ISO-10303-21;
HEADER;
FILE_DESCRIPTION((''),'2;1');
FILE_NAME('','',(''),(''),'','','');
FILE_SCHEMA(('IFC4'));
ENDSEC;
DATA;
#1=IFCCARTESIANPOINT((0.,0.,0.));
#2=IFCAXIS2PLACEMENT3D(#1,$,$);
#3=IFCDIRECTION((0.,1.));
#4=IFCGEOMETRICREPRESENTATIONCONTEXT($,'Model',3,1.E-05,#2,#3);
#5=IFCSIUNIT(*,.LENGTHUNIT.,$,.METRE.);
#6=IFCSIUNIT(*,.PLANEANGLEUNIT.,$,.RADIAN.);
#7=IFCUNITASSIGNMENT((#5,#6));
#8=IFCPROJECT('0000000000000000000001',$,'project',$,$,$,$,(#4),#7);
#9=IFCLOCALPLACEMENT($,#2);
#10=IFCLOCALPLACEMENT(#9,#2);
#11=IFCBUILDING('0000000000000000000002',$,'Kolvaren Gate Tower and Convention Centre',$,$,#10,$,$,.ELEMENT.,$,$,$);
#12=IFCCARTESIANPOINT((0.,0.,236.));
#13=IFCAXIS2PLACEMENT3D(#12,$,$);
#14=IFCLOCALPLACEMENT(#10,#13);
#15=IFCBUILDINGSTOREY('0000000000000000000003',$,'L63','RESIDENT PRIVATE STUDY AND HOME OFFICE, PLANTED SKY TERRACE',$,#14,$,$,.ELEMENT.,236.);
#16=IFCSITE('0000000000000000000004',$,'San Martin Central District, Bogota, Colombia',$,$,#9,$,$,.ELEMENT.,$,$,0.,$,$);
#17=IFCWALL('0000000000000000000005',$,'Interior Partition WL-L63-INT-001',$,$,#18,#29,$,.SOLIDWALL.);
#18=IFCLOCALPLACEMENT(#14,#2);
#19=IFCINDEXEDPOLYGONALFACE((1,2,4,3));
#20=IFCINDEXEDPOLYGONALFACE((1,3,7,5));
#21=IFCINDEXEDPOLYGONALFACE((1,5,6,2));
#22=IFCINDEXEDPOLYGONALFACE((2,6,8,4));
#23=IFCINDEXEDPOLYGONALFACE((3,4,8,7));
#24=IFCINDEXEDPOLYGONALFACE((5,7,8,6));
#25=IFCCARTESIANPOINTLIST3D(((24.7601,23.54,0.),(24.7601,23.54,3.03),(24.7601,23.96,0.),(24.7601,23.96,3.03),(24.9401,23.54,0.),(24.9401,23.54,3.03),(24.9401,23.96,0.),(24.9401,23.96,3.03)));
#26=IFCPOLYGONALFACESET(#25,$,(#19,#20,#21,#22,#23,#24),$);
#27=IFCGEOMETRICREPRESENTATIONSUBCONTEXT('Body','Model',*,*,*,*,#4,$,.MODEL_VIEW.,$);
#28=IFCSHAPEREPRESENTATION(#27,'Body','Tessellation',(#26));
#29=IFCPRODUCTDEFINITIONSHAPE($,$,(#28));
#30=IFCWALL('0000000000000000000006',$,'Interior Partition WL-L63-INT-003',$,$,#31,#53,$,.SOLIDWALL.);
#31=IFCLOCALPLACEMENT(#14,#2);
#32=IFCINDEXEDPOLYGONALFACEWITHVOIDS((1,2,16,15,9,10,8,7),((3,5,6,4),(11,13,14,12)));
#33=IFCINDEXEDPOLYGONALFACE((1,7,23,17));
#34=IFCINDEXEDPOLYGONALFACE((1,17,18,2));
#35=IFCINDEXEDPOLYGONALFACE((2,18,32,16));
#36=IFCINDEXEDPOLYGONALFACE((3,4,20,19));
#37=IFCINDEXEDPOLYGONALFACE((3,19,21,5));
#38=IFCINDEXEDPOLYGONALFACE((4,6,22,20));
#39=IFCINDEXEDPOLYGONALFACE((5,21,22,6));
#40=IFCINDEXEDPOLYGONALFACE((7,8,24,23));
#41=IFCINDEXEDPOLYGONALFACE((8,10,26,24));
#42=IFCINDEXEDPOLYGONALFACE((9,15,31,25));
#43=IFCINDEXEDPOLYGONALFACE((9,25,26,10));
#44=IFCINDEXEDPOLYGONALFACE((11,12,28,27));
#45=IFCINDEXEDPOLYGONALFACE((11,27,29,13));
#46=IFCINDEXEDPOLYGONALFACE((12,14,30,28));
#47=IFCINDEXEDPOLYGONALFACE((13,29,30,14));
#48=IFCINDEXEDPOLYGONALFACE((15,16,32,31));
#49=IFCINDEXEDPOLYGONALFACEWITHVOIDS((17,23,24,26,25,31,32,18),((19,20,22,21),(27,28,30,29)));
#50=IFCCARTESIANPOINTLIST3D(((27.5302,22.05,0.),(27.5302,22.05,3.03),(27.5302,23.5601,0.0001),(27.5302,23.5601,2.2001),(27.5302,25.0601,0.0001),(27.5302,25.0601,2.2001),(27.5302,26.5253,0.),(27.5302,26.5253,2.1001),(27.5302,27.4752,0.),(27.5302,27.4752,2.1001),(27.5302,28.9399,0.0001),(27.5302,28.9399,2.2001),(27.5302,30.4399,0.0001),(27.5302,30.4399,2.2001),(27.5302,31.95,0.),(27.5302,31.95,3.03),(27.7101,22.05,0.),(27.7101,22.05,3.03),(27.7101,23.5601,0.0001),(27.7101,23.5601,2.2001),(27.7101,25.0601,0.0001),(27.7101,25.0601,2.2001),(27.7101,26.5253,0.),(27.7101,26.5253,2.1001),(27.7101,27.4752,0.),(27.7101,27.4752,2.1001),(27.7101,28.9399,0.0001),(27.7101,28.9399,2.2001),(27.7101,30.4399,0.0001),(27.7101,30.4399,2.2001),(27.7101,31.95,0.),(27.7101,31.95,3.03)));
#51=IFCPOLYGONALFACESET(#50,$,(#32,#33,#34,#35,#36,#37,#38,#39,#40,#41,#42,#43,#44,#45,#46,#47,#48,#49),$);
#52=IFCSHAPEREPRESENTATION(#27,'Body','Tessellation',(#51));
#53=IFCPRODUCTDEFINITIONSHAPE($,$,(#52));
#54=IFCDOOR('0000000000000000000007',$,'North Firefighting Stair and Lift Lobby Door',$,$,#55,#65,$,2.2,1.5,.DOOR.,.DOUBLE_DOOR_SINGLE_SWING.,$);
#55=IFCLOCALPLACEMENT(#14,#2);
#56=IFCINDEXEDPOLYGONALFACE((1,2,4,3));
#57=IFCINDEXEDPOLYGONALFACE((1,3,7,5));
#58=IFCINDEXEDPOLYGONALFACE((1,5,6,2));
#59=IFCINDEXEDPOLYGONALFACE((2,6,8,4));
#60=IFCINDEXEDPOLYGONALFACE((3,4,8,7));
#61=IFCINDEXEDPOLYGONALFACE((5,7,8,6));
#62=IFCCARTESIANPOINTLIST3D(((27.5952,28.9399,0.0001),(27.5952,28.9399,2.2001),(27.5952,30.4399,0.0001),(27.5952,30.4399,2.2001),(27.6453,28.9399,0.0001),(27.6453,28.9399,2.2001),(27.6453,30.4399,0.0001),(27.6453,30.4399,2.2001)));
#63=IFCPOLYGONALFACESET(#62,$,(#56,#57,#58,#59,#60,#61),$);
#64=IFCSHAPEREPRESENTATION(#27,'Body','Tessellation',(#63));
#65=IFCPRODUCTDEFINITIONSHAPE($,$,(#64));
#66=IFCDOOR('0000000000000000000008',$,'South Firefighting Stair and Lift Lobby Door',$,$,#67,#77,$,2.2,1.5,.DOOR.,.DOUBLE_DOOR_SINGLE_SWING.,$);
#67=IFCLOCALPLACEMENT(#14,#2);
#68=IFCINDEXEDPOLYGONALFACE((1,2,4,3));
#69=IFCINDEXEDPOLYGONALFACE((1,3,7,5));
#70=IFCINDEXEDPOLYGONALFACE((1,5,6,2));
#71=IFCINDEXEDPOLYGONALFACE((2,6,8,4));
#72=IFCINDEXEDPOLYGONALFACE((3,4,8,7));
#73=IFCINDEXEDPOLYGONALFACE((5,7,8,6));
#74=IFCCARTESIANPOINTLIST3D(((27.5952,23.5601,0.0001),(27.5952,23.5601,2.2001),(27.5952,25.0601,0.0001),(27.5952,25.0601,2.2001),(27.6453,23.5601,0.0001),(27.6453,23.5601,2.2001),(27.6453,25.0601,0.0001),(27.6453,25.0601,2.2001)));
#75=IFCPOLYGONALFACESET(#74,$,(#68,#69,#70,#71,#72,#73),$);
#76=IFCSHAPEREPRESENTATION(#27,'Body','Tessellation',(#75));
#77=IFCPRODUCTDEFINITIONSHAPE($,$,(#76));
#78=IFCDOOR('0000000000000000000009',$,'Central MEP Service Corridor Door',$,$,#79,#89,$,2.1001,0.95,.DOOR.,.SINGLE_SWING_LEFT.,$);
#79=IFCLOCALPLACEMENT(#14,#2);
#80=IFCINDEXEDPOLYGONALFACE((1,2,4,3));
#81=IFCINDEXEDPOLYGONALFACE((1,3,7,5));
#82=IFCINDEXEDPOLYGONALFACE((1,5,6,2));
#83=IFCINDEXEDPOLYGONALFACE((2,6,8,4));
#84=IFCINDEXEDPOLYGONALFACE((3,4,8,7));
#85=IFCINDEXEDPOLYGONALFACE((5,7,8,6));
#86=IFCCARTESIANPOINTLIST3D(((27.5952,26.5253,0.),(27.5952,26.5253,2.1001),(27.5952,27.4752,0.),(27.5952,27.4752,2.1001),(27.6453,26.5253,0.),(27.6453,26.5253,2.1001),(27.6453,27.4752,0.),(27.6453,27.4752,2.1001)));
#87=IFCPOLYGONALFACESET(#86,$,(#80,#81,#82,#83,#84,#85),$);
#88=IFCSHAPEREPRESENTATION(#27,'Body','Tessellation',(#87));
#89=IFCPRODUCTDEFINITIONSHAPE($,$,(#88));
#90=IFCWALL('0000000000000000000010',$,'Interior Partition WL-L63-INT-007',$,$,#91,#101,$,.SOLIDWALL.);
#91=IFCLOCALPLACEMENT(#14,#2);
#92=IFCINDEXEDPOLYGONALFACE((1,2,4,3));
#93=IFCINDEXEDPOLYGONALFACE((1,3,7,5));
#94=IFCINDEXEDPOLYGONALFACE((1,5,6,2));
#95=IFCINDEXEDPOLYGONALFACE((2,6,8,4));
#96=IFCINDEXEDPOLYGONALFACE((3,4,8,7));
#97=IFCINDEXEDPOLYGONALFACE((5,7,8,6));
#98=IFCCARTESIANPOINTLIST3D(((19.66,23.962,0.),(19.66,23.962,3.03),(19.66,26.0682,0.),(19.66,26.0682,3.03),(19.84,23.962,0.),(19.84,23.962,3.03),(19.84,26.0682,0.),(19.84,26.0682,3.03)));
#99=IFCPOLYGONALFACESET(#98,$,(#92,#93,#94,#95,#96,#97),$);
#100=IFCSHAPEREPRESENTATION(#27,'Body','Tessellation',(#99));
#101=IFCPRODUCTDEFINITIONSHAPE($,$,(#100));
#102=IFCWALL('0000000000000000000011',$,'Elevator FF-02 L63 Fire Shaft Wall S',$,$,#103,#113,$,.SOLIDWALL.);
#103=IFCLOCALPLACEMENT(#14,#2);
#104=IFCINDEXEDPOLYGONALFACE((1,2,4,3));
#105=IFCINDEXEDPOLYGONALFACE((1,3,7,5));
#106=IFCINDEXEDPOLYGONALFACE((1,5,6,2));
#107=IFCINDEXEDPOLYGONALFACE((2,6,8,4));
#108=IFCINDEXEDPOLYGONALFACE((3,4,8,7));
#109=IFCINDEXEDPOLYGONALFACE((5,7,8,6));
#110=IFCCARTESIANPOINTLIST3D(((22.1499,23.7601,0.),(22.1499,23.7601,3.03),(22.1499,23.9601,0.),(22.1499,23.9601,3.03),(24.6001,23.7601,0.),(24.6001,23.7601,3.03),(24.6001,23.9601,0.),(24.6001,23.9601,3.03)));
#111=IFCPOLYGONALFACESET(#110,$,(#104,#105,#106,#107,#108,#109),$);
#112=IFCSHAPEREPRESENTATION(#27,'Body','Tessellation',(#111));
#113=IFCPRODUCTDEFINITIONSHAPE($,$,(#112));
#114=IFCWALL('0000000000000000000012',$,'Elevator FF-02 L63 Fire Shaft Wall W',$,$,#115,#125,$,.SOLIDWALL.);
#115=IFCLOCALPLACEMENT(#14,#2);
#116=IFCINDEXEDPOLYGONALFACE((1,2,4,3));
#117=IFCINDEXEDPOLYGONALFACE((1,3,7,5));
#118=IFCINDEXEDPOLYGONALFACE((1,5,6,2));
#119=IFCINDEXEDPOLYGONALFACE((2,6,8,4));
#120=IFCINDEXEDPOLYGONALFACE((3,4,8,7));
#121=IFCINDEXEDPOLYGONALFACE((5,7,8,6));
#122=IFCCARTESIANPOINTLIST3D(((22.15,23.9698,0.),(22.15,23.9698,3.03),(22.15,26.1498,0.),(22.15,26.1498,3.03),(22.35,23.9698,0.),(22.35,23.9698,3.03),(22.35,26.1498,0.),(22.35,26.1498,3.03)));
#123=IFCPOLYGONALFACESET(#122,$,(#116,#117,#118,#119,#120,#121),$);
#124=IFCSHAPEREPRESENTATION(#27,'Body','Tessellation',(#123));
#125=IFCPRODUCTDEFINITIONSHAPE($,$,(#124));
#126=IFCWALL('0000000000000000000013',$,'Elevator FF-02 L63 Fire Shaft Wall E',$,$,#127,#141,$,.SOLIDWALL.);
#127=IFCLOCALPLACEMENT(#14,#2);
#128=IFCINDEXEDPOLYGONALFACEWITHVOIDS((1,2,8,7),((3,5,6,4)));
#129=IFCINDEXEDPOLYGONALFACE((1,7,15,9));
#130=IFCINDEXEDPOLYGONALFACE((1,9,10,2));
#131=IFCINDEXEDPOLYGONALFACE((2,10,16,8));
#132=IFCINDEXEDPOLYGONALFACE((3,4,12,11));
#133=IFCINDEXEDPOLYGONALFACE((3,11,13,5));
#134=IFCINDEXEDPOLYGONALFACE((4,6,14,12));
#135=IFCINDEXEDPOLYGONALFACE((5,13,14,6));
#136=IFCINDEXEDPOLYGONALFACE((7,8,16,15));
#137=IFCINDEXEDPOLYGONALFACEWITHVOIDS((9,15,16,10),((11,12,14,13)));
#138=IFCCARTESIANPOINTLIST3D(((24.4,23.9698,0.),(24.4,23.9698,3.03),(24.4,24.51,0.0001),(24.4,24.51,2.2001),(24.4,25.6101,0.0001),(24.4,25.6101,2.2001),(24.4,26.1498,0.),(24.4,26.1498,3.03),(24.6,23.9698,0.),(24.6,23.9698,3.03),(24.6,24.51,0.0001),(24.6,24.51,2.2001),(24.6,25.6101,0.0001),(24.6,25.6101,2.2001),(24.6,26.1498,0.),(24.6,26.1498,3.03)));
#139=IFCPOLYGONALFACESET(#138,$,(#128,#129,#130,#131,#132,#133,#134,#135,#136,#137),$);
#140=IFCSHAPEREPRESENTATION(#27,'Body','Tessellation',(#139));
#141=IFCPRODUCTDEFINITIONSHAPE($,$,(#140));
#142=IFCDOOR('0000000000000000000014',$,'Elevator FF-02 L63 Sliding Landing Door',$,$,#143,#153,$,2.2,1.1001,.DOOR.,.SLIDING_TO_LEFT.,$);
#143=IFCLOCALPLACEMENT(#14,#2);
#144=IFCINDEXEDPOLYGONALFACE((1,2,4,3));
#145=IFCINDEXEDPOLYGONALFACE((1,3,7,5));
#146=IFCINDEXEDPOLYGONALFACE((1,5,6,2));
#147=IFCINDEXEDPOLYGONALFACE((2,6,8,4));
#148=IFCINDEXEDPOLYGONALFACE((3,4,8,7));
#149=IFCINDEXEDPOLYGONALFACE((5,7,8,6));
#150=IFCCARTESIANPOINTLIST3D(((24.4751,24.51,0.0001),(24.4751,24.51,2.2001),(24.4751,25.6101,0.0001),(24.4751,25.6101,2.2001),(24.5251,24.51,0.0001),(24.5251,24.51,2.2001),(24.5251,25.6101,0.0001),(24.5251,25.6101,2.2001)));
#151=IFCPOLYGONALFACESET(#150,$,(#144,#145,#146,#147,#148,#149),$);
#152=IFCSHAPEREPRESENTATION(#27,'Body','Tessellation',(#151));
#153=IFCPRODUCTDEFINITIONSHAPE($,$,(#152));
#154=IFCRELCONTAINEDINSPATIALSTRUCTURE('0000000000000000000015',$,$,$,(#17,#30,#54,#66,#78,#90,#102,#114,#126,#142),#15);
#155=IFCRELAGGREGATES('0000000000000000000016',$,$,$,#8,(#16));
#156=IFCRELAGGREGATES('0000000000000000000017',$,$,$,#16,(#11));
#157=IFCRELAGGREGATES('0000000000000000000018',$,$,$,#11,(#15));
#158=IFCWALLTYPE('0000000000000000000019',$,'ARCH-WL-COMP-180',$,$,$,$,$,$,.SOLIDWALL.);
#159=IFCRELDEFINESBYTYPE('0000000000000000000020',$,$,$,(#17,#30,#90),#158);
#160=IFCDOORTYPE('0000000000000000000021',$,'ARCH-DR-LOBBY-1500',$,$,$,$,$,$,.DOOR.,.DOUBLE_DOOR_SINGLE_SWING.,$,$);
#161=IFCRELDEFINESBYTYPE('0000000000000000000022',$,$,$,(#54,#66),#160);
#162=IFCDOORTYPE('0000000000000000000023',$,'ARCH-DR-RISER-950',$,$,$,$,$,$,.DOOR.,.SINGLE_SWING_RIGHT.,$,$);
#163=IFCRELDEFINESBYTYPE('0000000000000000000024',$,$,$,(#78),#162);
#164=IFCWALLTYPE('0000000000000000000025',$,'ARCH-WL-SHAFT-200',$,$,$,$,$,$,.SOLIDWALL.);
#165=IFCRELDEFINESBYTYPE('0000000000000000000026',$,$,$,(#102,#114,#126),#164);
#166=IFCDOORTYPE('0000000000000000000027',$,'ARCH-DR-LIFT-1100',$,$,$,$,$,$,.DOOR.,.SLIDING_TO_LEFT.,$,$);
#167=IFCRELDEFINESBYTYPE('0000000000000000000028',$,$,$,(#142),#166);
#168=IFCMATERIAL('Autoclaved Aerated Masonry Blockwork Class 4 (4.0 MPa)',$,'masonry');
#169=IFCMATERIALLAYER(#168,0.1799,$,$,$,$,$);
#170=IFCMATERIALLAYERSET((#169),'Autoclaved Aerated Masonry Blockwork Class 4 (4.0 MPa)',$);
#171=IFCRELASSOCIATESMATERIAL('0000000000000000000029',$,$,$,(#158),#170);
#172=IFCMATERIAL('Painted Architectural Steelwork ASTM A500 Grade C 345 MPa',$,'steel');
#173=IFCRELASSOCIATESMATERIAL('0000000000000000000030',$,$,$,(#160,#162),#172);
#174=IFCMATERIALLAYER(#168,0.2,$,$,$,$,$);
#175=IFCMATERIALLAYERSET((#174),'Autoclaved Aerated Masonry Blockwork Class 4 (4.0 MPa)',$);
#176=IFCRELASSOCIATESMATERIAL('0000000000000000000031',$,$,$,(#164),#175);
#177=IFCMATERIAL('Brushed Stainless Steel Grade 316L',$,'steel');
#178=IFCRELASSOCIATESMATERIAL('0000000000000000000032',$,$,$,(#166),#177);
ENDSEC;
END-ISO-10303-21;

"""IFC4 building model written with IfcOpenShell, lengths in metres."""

from ifc_helpers import new_model, si_unit, direction, frame, frame_2d, origin, place, context, subcontext, project, spatial, rectangle, extrude, material, layer, layer_set, type_object, element, fill, save


model = new_model("IFC4")

# Units and contexts
model_context = context("Model", 3, precision=1e-05, world=origin(), true_north=direction((0.0, 1.0)))
body_context = subcontext(model_context, "Body", "Model", "MODEL_VIEW")
ifc_project = project(units=[si_unit("LENGTHUNIT", "METRE"), si_unit("PLANEANGLEUNIT", "RADIAN")], contexts=[model_context])

# Site, building, storey
site_placement = place(None, origin())
site = spatial("IfcSite", under=ifc_project, at=site_placement, Name="San Martin Central District, Bogota, Colombia", CompositionType="ELEMENT", RefElevation=0.0)
building_placement = place(site_placement, origin())
building = spatial("IfcBuilding", under=site, at=building_placement, Name="Kolvaren Gate Tower and Convention Centre", CompositionType="ELEMENT")
storey_placement = place(building_placement, frame((0.0, 0.0, 236.0)))
storey = spatial("IfcBuildingStorey", under=building, at=storey_placement, Name="L63", Description="RESIDENT PRIVATE STUDY AND HOME OFFICE, PLANTED SKY TERRACE", CompositionType="ELEMENT", Elevation=236.0)

# Wall
ifc_material_1 = material(Name="Autoclaved Aerated Masonry Blockwork Class 4 (4.0 MPa)", Category="masonry")
ifc_layer_1 = layer(ifc_material_1, 0.1799)
ifc_layer_set_1 = layer_set([ifc_layer_1], Name="Autoclaved Aerated Masonry Blockwork Class 4 (4.0 MPa)")
wall_type_1 = type_object("IfcWallType", Name="ARCH-WL-COMP-180", PredefinedType="SOLIDWALL", material=ifc_layer_set_1)
wall_1_placement = place(storey_placement, frame((24.8501, 23.54, 0.0), z_axis=(0.0, 0.0, 1.0), x_axis=(0.0, 1.0, 0.0)))
element("IfcWall", 1, at=wall_1_placement, inside=storey, type_object=wall_type_1, Name="Interior Partition WL-L63-INT-001", PredefinedType="SOLIDWALL", context=body_context, shape_type="SweptSolid", body=[
    extrude(rectangle(XDim=0.4199, YDim=0.1799, at=frame_2d((0.21, 0.0))), origin(), (0.0, 0.0, 1.0), 3.03),
])

# Wall, openings, doors
wall_2_placement = place(storey_placement, frame((27.6201, 22.05, 0.0), z_axis=(0.0, 0.0, 1.0), x_axis=(0.0, 1.0, 0.0)))
wall_2 = element("IfcWall", 2, at=wall_2_placement, inside=storey, type_object=wall_type_1, Name="Interior Partition WL-L63-INT-003", PredefinedType="SOLIDWALL", context=body_context, shape_type="SweptSolid", body=[
    extrude(rectangle(XDim=9.8999, YDim=0.1799, at=frame_2d((4.95, 0.0))), origin(), (0.0, 0.0, 1.0), 3.03),
])
opening_1_placement = place(wall_2_placement, frame((4.4751, 0.0, 0.0)))
opening_1 = element("IfcOpeningElement", 3, at=opening_1_placement, cuts=wall_2, PredefinedType="OPENING", context=body_context, shape_type="SweptSolid", body=[
    extrude(rectangle(XDim=0.95, YDim=2.1001, at=frame_2d((0.4751, 1.05))), frame((0.0, 0.0999, 0.0), z_axis=(0.0, -1.0, 0.0), x_axis=(1.0, 0.0, 0.0)), (0.0, 0.0, 1.0), 0.2),
])
opening_2_placement = place(wall_2_placement, frame((6.8899, 0.0, 0.0)))
opening_2 = element("IfcOpeningElement", 4, at=opening_2_placement, cuts=wall_2, PredefinedType="OPENING", context=body_context, shape_type="SweptSolid", body=[
    extrude(rectangle(XDim=1.5, YDim=2.2, at=frame_2d((0.75, 1.1001))), frame((0.0, 0.0999, 0.0), z_axis=(0.0, -1.0, 0.0), x_axis=(1.0, 0.0, 0.0)), (0.0, 0.0, 1.0), 0.2),
])
opening_3_placement = place(wall_2_placement, frame((1.51, 0.0, 0.0)))
opening_3 = element("IfcOpeningElement", 5, at=opening_3_placement, cuts=wall_2, PredefinedType="OPENING", context=body_context, shape_type="SweptSolid", body=[
    extrude(rectangle(XDim=1.5, YDim=2.2, at=frame_2d((0.75, 1.1001))), frame((0.0, 0.0999, 0.0), z_axis=(0.0, -1.0, 0.0), x_axis=(1.0, 0.0, 0.0)), (0.0, 0.0, 1.0), 0.2),
])
ifc_material_2 = material(Name="Painted Architectural Steelwork ASTM A500 Grade C 345 MPa", Category="steel")
door_type_1 = type_object("IfcDoorType", Name="ARCH-DR-LOBBY-1500", OperationType="DOUBLE_DOOR_SINGLE_SWING", PredefinedType="DOOR", material=ifc_material_2)
door_1_placement = place(opening_2_placement, origin())
door_1 = element("IfcDoor", 6, at=door_1_placement, inside=storey, type_object=door_type_1, Name="North Firefighting Stair and Lift Lobby Door", OperationType="DOUBLE_DOOR_SINGLE_SWING", OverallHeight=2.2, OverallWidth=1.5, PredefinedType="DOOR", context=body_context, shape_type="SweptSolid", body=[
    extrude(rectangle(XDim=1.5, YDim=2.2, at=frame_2d((0.75, 1.1001))), frame((0.0, 0.0249, 0.0), z_axis=(0.0, -1.0, 0.0), x_axis=(1.0, 0.0, 0.0)), (0.0, 0.0, 1.0), 0.05),
])
fill(opening_2, door_1)
door_2_placement = place(opening_3_placement, origin())
door_2 = element("IfcDoor", 7, at=door_2_placement, inside=storey, type_object=door_type_1, Name="South Firefighting Stair and Lift Lobby Door", OperationType="DOUBLE_DOOR_SINGLE_SWING", OverallHeight=2.2, OverallWidth=1.5, PredefinedType="DOOR", context=body_context, shape_type="SweptSolid", body=[
    extrude(rectangle(XDim=1.5, YDim=2.2, at=frame_2d((0.75, 1.1001))), frame((0.0, 0.0249, 0.0), z_axis=(0.0, -1.0, 0.0), x_axis=(1.0, 0.0, 0.0)), (0.0, 0.0, 1.0), 0.05),
])
fill(opening_3, door_2)
door_type_2 = type_object("IfcDoorType", Name="ARCH-DR-RISER-950", OperationType="SINGLE_SWING_RIGHT", PredefinedType="DOOR", material=ifc_material_2)
door_3_placement = place(opening_1_placement, origin())
door_3 = element("IfcDoor", 8, at=door_3_placement, inside=storey, type_object=door_type_2, Name="Central MEP Service Corridor Door", OperationType="SINGLE_SWING_LEFT", OverallHeight=2.1001, OverallWidth=0.95, PredefinedType="DOOR", context=body_context, shape_type="SweptSolid", body=[
    extrude(rectangle(XDim=0.95, YDim=2.1001, at=frame_2d((0.4751, 1.05))), frame((0.0, 0.0249, 0.0), z_axis=(0.0, -1.0, 0.0), x_axis=(1.0, 0.0, 0.0)), (0.0, 0.0, 1.0), 0.05),
])
fill(opening_1, door_3)

# Walls
wall_3_placement = place(storey_placement, frame((19.75, 23.9619, 0.0), z_axis=(0.0, 0.0, 1.0), x_axis=(0.0, 1.0, 0.0)))
element("IfcWall", 9, at=wall_3_placement, inside=storey, type_object=wall_type_1, Name="Interior Partition WL-L63-INT-007", PredefinedType="SOLIDWALL", context=body_context, shape_type="SweptSolid", body=[
    extrude(rectangle(XDim=2.1062, YDim=0.1799, at=frame_2d((1.0532, 0.0))), origin(), (0.0, 0.0, 1.0), 3.03),
])
ifc_layer_2 = layer(ifc_material_1, 0.2)
ifc_layer_set_2 = layer_set([ifc_layer_2], Name="Autoclaved Aerated Masonry Blockwork Class 4 (4.0 MPa)")
wall_type_2 = type_object("IfcWallType", Name="ARCH-WL-SHAFT-200", PredefinedType="SOLIDWALL", material=ifc_layer_set_2)
wall_4_placement = place(storey_placement, frame((22.1499, 23.8601, 0.0), z_axis=(0.0, 0.0, 1.0), x_axis=(1.0, 0.0, 0.0)))
element("IfcWall", 10, at=wall_4_placement, inside=storey, type_object=wall_type_2, Name="Elevator FF-02 L63 Fire Shaft Wall S", PredefinedType="SOLIDWALL", context=body_context, shape_type="SweptSolid", body=[
    extrude(rectangle(XDim=2.4502, YDim=0.2, at=frame_2d((1.2251, 0.0))), origin(), (0.0, 0.0, 1.0), 3.03),
])
wall_5_placement = place(storey_placement, frame((22.25, 23.97, 0.0), z_axis=(0.0, 0.0, 1.0), x_axis=(0.0, 1.0, 0.0)))
element("IfcWall", 11, at=wall_5_placement, inside=storey, type_object=wall_type_2, Name="Elevator FF-02 L63 Fire Shaft Wall W", PredefinedType="SOLIDWALL", context=body_context, shape_type="SweptSolid", body=[
    extrude(rectangle(XDim=2.1799, YDim=0.2, at=frame_2d((1.0898, 0.0))), origin(), (0.0, 0.0, 1.0), 3.03),
])

# Wall, opening, door
wall_6_placement = place(storey_placement, frame((24.5, 23.97, 0.0), z_axis=(0.0, 0.0, 1.0), x_axis=(0.0, 1.0, 0.0)))
wall_6 = element("IfcWall", 12, at=wall_6_placement, inside=storey, type_object=wall_type_2, Name="Elevator FF-02 L63 Fire Shaft Wall E", PredefinedType="SOLIDWALL", context=body_context, shape_type="SweptSolid", body=[
    extrude(rectangle(XDim=2.1799, YDim=0.2, at=frame_2d((1.0898, 0.0))), origin(), (0.0, 0.0, 1.0), 3.03),
])
opening_4_placement = place(wall_6_placement, frame((0.54, 0.0, 0.0)))
opening_4 = element("IfcOpeningElement", 13, at=opening_4_placement, cuts=wall_6, PredefinedType="OPENING", context=body_context, shape_type="SweptSolid", body=[
    extrude(rectangle(XDim=1.1001, YDim=2.2, at=frame_2d((0.55, 1.1001))), frame((0.0, 0.1099, 0.0), z_axis=(0.0, -1.0, 0.0), x_axis=(1.0, 0.0, 0.0)), (0.0, 0.0, 1.0), 0.22),
])
ifc_material_3 = material(Name="Brushed Stainless Steel Grade 316L", Category="steel")
door_type_3 = type_object("IfcDoorType", Name="ARCH-DR-LIFT-1100", OperationType="SLIDING_TO_LEFT", PredefinedType="DOOR", material=ifc_material_3)
door_4_placement = place(opening_4_placement, origin())
door_4 = element("IfcDoor", 14, at=door_4_placement, inside=storey, type_object=door_type_3, Name="Elevator FF-02 L63 Sliding Landing Door", OperationType="SLIDING_TO_LEFT", OverallHeight=2.2, OverallWidth=1.1001, PredefinedType="DOOR", context=body_context, shape_type="SweptSolid", body=[
    extrude(rectangle(XDim=1.1001, YDim=2.2, at=frame_2d((0.55, 1.1001))), frame((0.0, 0.0249, 0.0), z_axis=(0.0, -1.0, 0.0), x_axis=(1.0, 0.0, 0.0)), (0.0, 0.0, 1.0), 0.05),
])
fill(opening_4, door_4)

save(model, "model.ifc")
